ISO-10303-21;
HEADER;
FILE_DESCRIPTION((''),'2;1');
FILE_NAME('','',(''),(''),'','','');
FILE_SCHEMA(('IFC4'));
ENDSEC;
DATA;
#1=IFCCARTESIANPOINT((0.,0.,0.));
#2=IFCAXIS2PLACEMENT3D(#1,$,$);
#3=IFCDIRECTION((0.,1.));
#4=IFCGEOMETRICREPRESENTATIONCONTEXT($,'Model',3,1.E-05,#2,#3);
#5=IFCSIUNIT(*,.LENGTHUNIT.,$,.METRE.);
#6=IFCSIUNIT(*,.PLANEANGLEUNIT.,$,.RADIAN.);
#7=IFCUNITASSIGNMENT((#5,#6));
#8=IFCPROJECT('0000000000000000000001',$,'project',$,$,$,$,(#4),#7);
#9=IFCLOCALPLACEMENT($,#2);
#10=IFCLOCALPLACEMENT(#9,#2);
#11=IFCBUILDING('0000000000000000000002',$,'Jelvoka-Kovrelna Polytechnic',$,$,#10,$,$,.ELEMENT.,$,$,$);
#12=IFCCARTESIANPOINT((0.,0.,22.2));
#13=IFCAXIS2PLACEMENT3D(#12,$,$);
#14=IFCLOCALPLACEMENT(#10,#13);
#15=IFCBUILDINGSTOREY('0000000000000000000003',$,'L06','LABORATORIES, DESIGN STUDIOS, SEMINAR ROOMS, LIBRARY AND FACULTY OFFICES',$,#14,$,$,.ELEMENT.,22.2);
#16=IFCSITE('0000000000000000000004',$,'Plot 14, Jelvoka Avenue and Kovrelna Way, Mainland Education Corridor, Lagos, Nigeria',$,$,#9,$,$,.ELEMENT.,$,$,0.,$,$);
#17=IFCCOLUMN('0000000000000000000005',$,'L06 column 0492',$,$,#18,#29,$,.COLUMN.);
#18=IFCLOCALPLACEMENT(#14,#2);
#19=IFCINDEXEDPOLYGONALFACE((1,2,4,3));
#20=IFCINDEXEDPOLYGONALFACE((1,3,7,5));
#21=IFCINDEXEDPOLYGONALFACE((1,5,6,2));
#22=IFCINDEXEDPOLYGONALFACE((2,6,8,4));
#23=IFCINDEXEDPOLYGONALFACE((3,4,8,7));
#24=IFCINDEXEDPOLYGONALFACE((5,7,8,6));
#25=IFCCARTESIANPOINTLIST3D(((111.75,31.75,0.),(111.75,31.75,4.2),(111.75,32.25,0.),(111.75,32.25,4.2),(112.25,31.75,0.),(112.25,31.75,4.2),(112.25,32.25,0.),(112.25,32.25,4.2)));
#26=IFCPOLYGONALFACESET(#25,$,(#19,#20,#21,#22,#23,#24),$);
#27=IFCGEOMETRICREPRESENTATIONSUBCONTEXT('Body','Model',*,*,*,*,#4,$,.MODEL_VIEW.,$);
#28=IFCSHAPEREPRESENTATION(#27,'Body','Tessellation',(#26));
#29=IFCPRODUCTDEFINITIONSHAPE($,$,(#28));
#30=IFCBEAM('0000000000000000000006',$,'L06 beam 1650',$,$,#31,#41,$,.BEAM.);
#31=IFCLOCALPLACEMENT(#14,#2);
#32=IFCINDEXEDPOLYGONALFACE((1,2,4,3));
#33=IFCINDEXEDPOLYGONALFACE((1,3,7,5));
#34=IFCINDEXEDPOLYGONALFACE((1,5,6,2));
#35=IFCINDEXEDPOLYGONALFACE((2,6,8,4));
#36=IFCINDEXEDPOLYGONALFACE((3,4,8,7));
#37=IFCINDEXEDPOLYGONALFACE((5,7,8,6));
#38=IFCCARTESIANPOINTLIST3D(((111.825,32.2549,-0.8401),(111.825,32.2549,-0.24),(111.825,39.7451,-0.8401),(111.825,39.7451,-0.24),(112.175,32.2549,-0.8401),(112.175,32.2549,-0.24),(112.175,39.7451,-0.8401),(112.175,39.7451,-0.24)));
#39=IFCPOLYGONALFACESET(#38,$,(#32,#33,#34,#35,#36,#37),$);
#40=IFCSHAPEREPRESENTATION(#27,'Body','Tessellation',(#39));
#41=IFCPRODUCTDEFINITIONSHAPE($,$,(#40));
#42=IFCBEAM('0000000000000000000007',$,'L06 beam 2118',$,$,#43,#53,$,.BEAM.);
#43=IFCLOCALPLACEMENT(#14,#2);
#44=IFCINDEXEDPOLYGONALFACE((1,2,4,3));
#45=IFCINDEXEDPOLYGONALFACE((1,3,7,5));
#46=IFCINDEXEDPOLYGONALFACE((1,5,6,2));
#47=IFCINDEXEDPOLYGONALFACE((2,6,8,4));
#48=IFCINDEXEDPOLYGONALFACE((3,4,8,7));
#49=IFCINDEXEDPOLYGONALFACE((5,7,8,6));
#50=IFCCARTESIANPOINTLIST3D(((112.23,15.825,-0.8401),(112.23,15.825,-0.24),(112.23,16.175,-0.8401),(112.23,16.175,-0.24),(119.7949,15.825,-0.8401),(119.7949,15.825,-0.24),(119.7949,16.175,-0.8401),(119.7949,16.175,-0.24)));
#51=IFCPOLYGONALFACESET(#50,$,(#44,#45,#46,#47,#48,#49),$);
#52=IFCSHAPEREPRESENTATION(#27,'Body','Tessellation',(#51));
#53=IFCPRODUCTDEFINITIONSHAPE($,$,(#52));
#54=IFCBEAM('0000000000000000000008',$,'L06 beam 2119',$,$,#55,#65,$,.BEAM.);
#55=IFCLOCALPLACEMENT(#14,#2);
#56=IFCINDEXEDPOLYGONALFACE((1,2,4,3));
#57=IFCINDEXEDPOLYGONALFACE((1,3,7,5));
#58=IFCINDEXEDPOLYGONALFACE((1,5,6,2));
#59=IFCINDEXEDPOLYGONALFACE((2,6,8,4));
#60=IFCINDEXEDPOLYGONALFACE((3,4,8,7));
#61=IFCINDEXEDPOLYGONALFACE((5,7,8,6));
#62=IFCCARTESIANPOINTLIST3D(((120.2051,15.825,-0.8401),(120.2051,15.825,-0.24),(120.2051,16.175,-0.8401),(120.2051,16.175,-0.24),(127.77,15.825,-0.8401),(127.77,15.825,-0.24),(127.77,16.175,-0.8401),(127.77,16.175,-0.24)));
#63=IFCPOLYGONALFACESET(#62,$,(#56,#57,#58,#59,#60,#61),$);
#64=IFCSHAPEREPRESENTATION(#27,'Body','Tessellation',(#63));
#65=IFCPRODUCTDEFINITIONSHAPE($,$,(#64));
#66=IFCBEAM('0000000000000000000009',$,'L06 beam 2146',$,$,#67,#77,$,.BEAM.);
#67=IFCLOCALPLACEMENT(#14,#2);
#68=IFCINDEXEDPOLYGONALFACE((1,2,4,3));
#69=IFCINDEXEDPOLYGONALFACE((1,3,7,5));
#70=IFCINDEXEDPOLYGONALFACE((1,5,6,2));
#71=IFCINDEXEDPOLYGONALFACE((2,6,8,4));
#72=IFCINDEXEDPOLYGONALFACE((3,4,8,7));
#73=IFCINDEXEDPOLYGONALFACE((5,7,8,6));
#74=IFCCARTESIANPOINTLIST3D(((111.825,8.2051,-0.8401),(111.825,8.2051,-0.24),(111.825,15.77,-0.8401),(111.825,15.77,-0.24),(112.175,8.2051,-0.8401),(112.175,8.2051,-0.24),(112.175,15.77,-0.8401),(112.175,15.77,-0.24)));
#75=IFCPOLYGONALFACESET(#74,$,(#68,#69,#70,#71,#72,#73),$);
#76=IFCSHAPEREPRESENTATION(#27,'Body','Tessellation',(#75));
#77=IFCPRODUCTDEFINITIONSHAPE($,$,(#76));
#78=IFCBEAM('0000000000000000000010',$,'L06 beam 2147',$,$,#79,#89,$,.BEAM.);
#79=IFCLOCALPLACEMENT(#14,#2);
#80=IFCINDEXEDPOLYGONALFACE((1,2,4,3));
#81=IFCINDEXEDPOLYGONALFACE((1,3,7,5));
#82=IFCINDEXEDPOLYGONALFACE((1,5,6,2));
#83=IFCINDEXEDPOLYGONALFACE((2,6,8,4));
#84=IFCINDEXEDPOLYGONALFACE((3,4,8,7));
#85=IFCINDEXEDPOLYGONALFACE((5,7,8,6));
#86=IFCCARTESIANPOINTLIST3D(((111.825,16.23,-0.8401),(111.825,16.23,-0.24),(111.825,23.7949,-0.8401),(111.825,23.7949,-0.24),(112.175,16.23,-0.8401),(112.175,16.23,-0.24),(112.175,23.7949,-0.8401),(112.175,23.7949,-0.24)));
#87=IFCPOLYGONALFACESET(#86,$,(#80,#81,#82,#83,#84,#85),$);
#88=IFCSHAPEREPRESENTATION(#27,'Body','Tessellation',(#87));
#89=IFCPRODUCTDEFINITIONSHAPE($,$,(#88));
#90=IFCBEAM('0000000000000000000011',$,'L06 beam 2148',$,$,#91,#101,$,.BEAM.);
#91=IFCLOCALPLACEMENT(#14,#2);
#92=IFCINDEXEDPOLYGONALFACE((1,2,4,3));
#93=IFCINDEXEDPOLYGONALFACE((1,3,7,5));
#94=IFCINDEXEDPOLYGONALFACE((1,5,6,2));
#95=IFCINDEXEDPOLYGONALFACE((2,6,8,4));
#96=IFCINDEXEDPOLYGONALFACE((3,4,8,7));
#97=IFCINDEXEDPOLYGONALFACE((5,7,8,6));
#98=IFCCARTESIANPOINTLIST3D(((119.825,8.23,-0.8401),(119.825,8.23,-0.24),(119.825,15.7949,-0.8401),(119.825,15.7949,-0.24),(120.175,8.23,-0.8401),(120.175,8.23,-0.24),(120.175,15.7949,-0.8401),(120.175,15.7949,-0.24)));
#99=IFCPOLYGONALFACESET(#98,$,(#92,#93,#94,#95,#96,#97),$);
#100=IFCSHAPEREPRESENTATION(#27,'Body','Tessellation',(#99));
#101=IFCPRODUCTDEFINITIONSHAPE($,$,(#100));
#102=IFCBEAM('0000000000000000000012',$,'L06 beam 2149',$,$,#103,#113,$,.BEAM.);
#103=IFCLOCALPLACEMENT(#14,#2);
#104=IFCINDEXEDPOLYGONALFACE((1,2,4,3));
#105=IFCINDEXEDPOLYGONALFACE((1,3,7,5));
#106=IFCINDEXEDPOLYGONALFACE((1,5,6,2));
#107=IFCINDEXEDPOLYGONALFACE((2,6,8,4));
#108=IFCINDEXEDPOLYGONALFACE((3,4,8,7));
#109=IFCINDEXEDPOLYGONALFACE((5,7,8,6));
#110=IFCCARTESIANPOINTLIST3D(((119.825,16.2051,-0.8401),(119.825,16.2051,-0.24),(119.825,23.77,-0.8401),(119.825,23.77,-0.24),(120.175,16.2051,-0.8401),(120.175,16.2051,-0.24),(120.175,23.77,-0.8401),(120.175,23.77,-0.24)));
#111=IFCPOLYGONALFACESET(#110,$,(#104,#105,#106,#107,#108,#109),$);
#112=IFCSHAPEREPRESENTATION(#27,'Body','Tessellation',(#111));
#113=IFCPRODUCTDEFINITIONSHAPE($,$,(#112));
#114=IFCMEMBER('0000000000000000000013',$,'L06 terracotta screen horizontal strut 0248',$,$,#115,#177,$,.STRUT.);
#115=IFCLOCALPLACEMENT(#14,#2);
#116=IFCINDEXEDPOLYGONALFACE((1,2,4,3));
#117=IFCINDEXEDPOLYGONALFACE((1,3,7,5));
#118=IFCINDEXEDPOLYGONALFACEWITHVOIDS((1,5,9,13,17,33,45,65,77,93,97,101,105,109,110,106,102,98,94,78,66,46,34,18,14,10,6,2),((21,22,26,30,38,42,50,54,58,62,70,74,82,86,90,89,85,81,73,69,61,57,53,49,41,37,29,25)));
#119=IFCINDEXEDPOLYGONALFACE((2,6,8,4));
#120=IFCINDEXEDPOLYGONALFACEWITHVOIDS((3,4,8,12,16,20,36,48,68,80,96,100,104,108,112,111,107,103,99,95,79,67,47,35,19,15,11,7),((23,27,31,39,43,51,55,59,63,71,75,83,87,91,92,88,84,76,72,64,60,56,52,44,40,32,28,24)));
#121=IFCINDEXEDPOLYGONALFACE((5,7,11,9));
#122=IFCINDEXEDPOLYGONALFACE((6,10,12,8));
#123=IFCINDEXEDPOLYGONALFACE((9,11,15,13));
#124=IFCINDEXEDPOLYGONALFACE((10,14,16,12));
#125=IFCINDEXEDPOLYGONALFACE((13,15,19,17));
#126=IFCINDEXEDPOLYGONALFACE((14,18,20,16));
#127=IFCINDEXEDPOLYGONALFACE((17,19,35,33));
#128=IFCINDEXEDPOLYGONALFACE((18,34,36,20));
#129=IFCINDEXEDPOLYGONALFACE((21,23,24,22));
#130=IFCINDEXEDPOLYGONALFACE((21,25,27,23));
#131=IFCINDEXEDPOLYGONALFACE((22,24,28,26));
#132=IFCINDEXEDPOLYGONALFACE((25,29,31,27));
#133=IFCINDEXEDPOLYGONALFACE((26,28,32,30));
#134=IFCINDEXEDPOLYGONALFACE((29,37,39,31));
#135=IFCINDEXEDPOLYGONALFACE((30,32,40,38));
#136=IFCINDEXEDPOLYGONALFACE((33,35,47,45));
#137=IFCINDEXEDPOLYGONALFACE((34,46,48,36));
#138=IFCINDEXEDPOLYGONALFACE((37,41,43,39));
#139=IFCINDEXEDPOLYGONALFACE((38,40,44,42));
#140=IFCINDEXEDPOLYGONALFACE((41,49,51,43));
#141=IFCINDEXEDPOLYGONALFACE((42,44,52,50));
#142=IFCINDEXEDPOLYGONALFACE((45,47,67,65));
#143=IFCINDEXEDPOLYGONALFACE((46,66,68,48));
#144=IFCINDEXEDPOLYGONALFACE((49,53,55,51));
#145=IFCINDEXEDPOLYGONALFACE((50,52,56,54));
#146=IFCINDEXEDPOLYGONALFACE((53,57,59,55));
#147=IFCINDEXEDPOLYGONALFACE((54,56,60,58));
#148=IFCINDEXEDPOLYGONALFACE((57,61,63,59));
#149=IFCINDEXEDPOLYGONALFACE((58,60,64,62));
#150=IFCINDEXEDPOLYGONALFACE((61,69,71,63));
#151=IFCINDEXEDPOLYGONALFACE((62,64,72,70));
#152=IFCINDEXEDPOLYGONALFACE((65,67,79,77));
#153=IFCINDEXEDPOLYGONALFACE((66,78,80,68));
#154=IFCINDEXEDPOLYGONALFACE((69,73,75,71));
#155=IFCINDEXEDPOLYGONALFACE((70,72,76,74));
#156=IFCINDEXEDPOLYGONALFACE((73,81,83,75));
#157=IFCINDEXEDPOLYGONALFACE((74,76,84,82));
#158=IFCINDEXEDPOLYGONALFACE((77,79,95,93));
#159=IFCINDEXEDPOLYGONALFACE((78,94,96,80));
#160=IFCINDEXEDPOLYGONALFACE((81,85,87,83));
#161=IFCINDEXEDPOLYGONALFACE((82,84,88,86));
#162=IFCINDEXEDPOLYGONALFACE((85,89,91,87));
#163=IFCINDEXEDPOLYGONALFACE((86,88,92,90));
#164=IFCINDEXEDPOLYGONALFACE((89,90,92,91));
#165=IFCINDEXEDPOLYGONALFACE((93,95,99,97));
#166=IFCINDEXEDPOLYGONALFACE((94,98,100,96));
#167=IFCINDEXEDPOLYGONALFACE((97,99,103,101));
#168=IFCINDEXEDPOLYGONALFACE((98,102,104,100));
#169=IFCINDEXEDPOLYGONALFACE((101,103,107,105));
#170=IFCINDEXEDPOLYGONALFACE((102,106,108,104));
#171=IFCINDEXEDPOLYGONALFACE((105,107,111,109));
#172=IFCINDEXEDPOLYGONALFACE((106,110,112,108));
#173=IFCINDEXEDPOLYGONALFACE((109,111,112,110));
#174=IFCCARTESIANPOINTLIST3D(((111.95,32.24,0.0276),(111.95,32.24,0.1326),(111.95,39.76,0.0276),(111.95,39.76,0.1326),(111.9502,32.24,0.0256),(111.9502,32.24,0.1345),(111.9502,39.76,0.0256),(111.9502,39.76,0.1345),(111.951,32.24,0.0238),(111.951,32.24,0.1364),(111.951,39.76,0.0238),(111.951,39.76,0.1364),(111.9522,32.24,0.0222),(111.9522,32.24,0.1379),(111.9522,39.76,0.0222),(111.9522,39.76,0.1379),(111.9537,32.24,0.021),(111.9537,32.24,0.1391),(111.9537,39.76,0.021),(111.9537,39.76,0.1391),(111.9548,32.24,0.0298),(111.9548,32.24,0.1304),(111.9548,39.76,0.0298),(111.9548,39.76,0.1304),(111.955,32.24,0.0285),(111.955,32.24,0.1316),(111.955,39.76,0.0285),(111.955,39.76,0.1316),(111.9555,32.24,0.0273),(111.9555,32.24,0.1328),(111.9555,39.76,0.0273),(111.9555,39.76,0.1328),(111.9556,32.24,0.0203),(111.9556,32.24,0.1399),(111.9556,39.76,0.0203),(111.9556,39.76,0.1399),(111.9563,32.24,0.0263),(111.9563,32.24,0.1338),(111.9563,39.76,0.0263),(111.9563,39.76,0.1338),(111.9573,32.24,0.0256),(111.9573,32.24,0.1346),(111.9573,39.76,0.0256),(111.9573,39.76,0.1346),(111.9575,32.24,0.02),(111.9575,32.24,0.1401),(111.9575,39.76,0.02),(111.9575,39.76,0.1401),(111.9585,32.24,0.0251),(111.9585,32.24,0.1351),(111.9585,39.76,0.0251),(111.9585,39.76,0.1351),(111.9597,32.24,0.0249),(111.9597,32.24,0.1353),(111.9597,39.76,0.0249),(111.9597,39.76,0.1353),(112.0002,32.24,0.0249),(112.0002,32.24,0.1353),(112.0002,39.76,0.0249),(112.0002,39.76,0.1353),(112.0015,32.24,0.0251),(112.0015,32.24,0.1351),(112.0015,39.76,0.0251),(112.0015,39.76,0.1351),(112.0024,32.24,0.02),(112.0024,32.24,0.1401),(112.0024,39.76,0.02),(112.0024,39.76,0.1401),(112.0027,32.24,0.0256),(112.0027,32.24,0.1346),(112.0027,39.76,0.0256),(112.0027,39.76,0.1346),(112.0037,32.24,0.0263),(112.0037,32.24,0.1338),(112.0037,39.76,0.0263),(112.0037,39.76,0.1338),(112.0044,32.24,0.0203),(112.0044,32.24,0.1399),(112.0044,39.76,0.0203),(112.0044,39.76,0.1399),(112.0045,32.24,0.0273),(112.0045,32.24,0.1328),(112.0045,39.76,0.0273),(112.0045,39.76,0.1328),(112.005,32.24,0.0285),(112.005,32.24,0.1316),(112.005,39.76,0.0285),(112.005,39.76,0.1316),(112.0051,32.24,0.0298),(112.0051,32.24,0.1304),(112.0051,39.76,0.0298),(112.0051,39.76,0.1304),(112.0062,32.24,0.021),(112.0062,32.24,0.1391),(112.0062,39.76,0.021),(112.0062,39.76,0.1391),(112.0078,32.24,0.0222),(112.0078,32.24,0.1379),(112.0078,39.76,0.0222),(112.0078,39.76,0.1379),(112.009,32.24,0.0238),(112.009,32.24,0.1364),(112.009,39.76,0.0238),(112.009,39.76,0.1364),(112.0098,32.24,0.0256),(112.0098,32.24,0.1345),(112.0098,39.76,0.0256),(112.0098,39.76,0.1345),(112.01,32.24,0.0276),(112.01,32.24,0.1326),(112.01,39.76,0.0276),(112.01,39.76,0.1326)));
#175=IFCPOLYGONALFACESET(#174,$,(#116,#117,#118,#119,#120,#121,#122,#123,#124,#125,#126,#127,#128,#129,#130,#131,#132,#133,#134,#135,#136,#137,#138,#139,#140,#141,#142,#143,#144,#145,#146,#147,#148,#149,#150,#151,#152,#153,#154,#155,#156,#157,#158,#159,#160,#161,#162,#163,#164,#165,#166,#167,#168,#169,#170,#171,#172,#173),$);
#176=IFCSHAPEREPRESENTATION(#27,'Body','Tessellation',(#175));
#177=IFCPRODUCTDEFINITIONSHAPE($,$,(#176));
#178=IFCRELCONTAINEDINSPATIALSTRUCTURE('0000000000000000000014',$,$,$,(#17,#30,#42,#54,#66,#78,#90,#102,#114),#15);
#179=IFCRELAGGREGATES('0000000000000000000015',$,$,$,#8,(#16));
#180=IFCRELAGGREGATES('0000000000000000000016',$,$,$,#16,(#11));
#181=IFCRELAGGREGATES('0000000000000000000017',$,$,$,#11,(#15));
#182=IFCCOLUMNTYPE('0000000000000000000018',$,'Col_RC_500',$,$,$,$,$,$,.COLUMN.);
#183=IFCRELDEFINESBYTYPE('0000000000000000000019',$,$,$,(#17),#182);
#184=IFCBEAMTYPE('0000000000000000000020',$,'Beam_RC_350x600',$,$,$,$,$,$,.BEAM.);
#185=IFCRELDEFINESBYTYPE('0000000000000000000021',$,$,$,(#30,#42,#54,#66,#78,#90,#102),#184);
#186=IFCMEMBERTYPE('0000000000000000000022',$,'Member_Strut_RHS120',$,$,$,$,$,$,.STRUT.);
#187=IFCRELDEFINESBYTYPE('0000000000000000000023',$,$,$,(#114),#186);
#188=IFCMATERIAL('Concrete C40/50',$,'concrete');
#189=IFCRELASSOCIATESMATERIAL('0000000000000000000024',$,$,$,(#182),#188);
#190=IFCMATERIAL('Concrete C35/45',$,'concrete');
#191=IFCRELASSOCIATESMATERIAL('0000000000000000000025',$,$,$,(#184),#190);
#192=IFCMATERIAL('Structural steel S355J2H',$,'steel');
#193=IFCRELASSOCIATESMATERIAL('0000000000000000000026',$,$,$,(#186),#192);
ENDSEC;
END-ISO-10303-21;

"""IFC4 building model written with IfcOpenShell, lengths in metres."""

from ifc_helpers import new_model, si_unit, direction, frame, origin, origin_2d, place, context, subcontext, project, spatial, rectangle, hollow_rectangle, extrude, material, material_profile, profile_set, type_object, element, save


model = new_model("IFC4")

# Units and contexts
model_context = context("Model", 3, precision=1e-05, world=origin(), true_north=direction((0.0, 1.0)))
body_context = subcontext(model_context, "Body", "Model", "MODEL_VIEW")
ifc_project = project(units=[si_unit("LENGTHUNIT", "METRE"), si_unit("PLANEANGLEUNIT", "RADIAN")], contexts=[model_context])

# Site, building, storey
site_placement = place(None, origin())
site = spatial("IfcSite", under=ifc_project, at=site_placement, Name="Plot 14, Jelvoka Avenue and Kovrelna Way, Mainland Education Corridor, Lagos, Nigeria", CompositionType="ELEMENT", RefElevation=0.0)
building_placement = place(site_placement, origin())
building = spatial("IfcBuilding", under=site, at=building_placement, Name="Jelvoka-Kovrelna Polytechnic", CompositionType="ELEMENT")
storey_placement = place(building_placement, frame((0.0, 0.0, 22.2)))
storey = spatial("IfcBuildingStorey", under=building, at=storey_placement, Name="L06", Description="LABORATORIES, DESIGN STUDIOS, SEMINAR ROOMS, LIBRARY AND FACULTY OFFICES", CompositionType="ELEMENT", Elevation=22.2)

# Column
ifc_material_1 = material(Name="Concrete C40/50", Category="concrete")
ifc_material_profile_1 = material_profile(ifc_material_1, rectangle(XDim=0.5, YDim=0.5, at=origin_2d()), Name="RC 500x500")
ifc_profile_set_1 = profile_set([ifc_material_profile_1], Name="Concrete C40/50")
column_type = type_object("IfcColumnType", Name="Col_RC_500", PredefinedType="COLUMN", material=ifc_profile_set_1)
column_placement = place(storey_placement, frame((112.0, 32.0, 0.0), z_axis=(0.0, 0.0, 1.0), x_axis=(1.0, 0.0, 0.0)))
element("IfcColumn", 1, at=column_placement, inside=storey, type_object=column_type, Name="L06 column 0492", PredefinedType="COLUMN", context=body_context, shape_type="SweptSolid", body=[
    extrude(rectangle(XDim=0.5, YDim=0.5, at=origin_2d()), origin(), (0.0, 0.0, 1.0), 4.2),
])

# Beams
ifc_material_2 = material(Name="Concrete C35/45", Category="concrete")
ifc_material_profile_2 = material_profile(ifc_material_2, rectangle(XDim=0.3501, YDim=0.6001, at=origin_2d()), Name="RC 350x600")
ifc_profile_set_2 = profile_set([ifc_material_profile_2], Name="Concrete C35/45")
beam_type_1 = type_object("IfcBeamType", Name="Beam_RC_350x600", PredefinedType="BEAM", material=ifc_profile_set_2)
beam_placement = place(storey_placement, frame((112.0, 32.2549, -0.54), z_axis=(0.0, 1.0, 0.0), x_axis=(-1.0, 0.0, 0.0)))
element("IfcBeam", 2, at=beam_placement, inside=storey, type_object=beam_type_1, Name="L06 beam 1650", PredefinedType="BEAM", context=body_context, shape_type="SweptSolid", body=[
    extrude(rectangle(XDim=0.3501, YDim=0.6001, at=origin_2d()), origin(), (0.0, 0.0, 1.0), 7.4902),
])
for number, where, z_axis, x_axis, name in (
    (3, (112.23, 16.0, -0.54), (1.0, 0.0, 0.0), (0.0, 1.0, 0.0), "L06 beam 2118"),
    (4, (120.2051, 16.0, -0.54), (1.0, 0.0, 0.0), (0.0, 1.0, 0.0), "L06 beam 2119"),
    (5, (112.0, 8.2051, -0.54), (0.0, 1.0, 0.0), (-1.0, 0.0, 0.0), "L06 beam 2146"),
    (6, (112.0, 16.23, -0.54), (0.0, 1.0, 0.0), (-1.0, 0.0, 0.0), "L06 beam 2147"),
    (7, (120.0, 8.23, -0.54), (0.0, 1.0, 0.0), (-1.0, 0.0, 0.0), "L06 beam 2148"),
    (8, (120.0, 16.2051, -0.54), (0.0, 1.0, 0.0), (-1.0, 0.0, 0.0), "L06 beam 2149"),
):
    element("IfcBeam", number, at=place(storey_placement, frame(where, z_axis=z_axis, x_axis=x_axis)), inside=storey, type_object=beam_type_1, Name=name, PredefinedType="BEAM", context=body_context, shape_type="SweptSolid", body=[
        extrude(rectangle(XDim=0.3501, YDim=0.6001, at=origin_2d()), origin(), (0.0, 0.0, 1.0), 7.5649),
    ])

# Member
ifc_material_3 = material(Name="Structural steel S355J2H", Category="steel")
ifc_material_profile_3 = material_profile(ifc_material_3, hollow_rectangle(XDim=0.0601, YDim=0.1201, WallThickness=0.0049, InnerFilletRadius=0.0049, OuterFilletRadius=0.0076, at=origin_2d()), Name="120x60x5.0 RHS")
ifc_profile_set_3 = profile_set([ifc_material_profile_3], Name="Structural steel S355J2H")
member_type_1 = type_object("IfcMemberType", Name="Member_Strut_RHS120", PredefinedType="STRUT", material=ifc_profile_set_3)
for number, where, z_axis, x_axis, name in (
    (9, (111.98, 32.24, 0.0801), (0.0, 1.0, 0.0), (-1.0, 0.0, 0.0), "L06 terracotta screen horizontal strut 0248"),
):
    element("IfcMember", number, at=place(storey_placement, frame(where, z_axis=z_axis, x_axis=x_axis)), inside=storey, type_object=member_type_1, Name=name, PredefinedType="STRUT", context=body_context, shape_type="SweptSolid", body=[
        extrude(hollow_rectangle(XDim=0.0601, YDim=0.1201, WallThickness=0.0049, InnerFilletRadius=0.0049, OuterFilletRadius=0.0076, at=origin_2d()), origin(), (0.0, 0.0, 1.0), 7.52),
    ])

save(model, "model.ifc")
